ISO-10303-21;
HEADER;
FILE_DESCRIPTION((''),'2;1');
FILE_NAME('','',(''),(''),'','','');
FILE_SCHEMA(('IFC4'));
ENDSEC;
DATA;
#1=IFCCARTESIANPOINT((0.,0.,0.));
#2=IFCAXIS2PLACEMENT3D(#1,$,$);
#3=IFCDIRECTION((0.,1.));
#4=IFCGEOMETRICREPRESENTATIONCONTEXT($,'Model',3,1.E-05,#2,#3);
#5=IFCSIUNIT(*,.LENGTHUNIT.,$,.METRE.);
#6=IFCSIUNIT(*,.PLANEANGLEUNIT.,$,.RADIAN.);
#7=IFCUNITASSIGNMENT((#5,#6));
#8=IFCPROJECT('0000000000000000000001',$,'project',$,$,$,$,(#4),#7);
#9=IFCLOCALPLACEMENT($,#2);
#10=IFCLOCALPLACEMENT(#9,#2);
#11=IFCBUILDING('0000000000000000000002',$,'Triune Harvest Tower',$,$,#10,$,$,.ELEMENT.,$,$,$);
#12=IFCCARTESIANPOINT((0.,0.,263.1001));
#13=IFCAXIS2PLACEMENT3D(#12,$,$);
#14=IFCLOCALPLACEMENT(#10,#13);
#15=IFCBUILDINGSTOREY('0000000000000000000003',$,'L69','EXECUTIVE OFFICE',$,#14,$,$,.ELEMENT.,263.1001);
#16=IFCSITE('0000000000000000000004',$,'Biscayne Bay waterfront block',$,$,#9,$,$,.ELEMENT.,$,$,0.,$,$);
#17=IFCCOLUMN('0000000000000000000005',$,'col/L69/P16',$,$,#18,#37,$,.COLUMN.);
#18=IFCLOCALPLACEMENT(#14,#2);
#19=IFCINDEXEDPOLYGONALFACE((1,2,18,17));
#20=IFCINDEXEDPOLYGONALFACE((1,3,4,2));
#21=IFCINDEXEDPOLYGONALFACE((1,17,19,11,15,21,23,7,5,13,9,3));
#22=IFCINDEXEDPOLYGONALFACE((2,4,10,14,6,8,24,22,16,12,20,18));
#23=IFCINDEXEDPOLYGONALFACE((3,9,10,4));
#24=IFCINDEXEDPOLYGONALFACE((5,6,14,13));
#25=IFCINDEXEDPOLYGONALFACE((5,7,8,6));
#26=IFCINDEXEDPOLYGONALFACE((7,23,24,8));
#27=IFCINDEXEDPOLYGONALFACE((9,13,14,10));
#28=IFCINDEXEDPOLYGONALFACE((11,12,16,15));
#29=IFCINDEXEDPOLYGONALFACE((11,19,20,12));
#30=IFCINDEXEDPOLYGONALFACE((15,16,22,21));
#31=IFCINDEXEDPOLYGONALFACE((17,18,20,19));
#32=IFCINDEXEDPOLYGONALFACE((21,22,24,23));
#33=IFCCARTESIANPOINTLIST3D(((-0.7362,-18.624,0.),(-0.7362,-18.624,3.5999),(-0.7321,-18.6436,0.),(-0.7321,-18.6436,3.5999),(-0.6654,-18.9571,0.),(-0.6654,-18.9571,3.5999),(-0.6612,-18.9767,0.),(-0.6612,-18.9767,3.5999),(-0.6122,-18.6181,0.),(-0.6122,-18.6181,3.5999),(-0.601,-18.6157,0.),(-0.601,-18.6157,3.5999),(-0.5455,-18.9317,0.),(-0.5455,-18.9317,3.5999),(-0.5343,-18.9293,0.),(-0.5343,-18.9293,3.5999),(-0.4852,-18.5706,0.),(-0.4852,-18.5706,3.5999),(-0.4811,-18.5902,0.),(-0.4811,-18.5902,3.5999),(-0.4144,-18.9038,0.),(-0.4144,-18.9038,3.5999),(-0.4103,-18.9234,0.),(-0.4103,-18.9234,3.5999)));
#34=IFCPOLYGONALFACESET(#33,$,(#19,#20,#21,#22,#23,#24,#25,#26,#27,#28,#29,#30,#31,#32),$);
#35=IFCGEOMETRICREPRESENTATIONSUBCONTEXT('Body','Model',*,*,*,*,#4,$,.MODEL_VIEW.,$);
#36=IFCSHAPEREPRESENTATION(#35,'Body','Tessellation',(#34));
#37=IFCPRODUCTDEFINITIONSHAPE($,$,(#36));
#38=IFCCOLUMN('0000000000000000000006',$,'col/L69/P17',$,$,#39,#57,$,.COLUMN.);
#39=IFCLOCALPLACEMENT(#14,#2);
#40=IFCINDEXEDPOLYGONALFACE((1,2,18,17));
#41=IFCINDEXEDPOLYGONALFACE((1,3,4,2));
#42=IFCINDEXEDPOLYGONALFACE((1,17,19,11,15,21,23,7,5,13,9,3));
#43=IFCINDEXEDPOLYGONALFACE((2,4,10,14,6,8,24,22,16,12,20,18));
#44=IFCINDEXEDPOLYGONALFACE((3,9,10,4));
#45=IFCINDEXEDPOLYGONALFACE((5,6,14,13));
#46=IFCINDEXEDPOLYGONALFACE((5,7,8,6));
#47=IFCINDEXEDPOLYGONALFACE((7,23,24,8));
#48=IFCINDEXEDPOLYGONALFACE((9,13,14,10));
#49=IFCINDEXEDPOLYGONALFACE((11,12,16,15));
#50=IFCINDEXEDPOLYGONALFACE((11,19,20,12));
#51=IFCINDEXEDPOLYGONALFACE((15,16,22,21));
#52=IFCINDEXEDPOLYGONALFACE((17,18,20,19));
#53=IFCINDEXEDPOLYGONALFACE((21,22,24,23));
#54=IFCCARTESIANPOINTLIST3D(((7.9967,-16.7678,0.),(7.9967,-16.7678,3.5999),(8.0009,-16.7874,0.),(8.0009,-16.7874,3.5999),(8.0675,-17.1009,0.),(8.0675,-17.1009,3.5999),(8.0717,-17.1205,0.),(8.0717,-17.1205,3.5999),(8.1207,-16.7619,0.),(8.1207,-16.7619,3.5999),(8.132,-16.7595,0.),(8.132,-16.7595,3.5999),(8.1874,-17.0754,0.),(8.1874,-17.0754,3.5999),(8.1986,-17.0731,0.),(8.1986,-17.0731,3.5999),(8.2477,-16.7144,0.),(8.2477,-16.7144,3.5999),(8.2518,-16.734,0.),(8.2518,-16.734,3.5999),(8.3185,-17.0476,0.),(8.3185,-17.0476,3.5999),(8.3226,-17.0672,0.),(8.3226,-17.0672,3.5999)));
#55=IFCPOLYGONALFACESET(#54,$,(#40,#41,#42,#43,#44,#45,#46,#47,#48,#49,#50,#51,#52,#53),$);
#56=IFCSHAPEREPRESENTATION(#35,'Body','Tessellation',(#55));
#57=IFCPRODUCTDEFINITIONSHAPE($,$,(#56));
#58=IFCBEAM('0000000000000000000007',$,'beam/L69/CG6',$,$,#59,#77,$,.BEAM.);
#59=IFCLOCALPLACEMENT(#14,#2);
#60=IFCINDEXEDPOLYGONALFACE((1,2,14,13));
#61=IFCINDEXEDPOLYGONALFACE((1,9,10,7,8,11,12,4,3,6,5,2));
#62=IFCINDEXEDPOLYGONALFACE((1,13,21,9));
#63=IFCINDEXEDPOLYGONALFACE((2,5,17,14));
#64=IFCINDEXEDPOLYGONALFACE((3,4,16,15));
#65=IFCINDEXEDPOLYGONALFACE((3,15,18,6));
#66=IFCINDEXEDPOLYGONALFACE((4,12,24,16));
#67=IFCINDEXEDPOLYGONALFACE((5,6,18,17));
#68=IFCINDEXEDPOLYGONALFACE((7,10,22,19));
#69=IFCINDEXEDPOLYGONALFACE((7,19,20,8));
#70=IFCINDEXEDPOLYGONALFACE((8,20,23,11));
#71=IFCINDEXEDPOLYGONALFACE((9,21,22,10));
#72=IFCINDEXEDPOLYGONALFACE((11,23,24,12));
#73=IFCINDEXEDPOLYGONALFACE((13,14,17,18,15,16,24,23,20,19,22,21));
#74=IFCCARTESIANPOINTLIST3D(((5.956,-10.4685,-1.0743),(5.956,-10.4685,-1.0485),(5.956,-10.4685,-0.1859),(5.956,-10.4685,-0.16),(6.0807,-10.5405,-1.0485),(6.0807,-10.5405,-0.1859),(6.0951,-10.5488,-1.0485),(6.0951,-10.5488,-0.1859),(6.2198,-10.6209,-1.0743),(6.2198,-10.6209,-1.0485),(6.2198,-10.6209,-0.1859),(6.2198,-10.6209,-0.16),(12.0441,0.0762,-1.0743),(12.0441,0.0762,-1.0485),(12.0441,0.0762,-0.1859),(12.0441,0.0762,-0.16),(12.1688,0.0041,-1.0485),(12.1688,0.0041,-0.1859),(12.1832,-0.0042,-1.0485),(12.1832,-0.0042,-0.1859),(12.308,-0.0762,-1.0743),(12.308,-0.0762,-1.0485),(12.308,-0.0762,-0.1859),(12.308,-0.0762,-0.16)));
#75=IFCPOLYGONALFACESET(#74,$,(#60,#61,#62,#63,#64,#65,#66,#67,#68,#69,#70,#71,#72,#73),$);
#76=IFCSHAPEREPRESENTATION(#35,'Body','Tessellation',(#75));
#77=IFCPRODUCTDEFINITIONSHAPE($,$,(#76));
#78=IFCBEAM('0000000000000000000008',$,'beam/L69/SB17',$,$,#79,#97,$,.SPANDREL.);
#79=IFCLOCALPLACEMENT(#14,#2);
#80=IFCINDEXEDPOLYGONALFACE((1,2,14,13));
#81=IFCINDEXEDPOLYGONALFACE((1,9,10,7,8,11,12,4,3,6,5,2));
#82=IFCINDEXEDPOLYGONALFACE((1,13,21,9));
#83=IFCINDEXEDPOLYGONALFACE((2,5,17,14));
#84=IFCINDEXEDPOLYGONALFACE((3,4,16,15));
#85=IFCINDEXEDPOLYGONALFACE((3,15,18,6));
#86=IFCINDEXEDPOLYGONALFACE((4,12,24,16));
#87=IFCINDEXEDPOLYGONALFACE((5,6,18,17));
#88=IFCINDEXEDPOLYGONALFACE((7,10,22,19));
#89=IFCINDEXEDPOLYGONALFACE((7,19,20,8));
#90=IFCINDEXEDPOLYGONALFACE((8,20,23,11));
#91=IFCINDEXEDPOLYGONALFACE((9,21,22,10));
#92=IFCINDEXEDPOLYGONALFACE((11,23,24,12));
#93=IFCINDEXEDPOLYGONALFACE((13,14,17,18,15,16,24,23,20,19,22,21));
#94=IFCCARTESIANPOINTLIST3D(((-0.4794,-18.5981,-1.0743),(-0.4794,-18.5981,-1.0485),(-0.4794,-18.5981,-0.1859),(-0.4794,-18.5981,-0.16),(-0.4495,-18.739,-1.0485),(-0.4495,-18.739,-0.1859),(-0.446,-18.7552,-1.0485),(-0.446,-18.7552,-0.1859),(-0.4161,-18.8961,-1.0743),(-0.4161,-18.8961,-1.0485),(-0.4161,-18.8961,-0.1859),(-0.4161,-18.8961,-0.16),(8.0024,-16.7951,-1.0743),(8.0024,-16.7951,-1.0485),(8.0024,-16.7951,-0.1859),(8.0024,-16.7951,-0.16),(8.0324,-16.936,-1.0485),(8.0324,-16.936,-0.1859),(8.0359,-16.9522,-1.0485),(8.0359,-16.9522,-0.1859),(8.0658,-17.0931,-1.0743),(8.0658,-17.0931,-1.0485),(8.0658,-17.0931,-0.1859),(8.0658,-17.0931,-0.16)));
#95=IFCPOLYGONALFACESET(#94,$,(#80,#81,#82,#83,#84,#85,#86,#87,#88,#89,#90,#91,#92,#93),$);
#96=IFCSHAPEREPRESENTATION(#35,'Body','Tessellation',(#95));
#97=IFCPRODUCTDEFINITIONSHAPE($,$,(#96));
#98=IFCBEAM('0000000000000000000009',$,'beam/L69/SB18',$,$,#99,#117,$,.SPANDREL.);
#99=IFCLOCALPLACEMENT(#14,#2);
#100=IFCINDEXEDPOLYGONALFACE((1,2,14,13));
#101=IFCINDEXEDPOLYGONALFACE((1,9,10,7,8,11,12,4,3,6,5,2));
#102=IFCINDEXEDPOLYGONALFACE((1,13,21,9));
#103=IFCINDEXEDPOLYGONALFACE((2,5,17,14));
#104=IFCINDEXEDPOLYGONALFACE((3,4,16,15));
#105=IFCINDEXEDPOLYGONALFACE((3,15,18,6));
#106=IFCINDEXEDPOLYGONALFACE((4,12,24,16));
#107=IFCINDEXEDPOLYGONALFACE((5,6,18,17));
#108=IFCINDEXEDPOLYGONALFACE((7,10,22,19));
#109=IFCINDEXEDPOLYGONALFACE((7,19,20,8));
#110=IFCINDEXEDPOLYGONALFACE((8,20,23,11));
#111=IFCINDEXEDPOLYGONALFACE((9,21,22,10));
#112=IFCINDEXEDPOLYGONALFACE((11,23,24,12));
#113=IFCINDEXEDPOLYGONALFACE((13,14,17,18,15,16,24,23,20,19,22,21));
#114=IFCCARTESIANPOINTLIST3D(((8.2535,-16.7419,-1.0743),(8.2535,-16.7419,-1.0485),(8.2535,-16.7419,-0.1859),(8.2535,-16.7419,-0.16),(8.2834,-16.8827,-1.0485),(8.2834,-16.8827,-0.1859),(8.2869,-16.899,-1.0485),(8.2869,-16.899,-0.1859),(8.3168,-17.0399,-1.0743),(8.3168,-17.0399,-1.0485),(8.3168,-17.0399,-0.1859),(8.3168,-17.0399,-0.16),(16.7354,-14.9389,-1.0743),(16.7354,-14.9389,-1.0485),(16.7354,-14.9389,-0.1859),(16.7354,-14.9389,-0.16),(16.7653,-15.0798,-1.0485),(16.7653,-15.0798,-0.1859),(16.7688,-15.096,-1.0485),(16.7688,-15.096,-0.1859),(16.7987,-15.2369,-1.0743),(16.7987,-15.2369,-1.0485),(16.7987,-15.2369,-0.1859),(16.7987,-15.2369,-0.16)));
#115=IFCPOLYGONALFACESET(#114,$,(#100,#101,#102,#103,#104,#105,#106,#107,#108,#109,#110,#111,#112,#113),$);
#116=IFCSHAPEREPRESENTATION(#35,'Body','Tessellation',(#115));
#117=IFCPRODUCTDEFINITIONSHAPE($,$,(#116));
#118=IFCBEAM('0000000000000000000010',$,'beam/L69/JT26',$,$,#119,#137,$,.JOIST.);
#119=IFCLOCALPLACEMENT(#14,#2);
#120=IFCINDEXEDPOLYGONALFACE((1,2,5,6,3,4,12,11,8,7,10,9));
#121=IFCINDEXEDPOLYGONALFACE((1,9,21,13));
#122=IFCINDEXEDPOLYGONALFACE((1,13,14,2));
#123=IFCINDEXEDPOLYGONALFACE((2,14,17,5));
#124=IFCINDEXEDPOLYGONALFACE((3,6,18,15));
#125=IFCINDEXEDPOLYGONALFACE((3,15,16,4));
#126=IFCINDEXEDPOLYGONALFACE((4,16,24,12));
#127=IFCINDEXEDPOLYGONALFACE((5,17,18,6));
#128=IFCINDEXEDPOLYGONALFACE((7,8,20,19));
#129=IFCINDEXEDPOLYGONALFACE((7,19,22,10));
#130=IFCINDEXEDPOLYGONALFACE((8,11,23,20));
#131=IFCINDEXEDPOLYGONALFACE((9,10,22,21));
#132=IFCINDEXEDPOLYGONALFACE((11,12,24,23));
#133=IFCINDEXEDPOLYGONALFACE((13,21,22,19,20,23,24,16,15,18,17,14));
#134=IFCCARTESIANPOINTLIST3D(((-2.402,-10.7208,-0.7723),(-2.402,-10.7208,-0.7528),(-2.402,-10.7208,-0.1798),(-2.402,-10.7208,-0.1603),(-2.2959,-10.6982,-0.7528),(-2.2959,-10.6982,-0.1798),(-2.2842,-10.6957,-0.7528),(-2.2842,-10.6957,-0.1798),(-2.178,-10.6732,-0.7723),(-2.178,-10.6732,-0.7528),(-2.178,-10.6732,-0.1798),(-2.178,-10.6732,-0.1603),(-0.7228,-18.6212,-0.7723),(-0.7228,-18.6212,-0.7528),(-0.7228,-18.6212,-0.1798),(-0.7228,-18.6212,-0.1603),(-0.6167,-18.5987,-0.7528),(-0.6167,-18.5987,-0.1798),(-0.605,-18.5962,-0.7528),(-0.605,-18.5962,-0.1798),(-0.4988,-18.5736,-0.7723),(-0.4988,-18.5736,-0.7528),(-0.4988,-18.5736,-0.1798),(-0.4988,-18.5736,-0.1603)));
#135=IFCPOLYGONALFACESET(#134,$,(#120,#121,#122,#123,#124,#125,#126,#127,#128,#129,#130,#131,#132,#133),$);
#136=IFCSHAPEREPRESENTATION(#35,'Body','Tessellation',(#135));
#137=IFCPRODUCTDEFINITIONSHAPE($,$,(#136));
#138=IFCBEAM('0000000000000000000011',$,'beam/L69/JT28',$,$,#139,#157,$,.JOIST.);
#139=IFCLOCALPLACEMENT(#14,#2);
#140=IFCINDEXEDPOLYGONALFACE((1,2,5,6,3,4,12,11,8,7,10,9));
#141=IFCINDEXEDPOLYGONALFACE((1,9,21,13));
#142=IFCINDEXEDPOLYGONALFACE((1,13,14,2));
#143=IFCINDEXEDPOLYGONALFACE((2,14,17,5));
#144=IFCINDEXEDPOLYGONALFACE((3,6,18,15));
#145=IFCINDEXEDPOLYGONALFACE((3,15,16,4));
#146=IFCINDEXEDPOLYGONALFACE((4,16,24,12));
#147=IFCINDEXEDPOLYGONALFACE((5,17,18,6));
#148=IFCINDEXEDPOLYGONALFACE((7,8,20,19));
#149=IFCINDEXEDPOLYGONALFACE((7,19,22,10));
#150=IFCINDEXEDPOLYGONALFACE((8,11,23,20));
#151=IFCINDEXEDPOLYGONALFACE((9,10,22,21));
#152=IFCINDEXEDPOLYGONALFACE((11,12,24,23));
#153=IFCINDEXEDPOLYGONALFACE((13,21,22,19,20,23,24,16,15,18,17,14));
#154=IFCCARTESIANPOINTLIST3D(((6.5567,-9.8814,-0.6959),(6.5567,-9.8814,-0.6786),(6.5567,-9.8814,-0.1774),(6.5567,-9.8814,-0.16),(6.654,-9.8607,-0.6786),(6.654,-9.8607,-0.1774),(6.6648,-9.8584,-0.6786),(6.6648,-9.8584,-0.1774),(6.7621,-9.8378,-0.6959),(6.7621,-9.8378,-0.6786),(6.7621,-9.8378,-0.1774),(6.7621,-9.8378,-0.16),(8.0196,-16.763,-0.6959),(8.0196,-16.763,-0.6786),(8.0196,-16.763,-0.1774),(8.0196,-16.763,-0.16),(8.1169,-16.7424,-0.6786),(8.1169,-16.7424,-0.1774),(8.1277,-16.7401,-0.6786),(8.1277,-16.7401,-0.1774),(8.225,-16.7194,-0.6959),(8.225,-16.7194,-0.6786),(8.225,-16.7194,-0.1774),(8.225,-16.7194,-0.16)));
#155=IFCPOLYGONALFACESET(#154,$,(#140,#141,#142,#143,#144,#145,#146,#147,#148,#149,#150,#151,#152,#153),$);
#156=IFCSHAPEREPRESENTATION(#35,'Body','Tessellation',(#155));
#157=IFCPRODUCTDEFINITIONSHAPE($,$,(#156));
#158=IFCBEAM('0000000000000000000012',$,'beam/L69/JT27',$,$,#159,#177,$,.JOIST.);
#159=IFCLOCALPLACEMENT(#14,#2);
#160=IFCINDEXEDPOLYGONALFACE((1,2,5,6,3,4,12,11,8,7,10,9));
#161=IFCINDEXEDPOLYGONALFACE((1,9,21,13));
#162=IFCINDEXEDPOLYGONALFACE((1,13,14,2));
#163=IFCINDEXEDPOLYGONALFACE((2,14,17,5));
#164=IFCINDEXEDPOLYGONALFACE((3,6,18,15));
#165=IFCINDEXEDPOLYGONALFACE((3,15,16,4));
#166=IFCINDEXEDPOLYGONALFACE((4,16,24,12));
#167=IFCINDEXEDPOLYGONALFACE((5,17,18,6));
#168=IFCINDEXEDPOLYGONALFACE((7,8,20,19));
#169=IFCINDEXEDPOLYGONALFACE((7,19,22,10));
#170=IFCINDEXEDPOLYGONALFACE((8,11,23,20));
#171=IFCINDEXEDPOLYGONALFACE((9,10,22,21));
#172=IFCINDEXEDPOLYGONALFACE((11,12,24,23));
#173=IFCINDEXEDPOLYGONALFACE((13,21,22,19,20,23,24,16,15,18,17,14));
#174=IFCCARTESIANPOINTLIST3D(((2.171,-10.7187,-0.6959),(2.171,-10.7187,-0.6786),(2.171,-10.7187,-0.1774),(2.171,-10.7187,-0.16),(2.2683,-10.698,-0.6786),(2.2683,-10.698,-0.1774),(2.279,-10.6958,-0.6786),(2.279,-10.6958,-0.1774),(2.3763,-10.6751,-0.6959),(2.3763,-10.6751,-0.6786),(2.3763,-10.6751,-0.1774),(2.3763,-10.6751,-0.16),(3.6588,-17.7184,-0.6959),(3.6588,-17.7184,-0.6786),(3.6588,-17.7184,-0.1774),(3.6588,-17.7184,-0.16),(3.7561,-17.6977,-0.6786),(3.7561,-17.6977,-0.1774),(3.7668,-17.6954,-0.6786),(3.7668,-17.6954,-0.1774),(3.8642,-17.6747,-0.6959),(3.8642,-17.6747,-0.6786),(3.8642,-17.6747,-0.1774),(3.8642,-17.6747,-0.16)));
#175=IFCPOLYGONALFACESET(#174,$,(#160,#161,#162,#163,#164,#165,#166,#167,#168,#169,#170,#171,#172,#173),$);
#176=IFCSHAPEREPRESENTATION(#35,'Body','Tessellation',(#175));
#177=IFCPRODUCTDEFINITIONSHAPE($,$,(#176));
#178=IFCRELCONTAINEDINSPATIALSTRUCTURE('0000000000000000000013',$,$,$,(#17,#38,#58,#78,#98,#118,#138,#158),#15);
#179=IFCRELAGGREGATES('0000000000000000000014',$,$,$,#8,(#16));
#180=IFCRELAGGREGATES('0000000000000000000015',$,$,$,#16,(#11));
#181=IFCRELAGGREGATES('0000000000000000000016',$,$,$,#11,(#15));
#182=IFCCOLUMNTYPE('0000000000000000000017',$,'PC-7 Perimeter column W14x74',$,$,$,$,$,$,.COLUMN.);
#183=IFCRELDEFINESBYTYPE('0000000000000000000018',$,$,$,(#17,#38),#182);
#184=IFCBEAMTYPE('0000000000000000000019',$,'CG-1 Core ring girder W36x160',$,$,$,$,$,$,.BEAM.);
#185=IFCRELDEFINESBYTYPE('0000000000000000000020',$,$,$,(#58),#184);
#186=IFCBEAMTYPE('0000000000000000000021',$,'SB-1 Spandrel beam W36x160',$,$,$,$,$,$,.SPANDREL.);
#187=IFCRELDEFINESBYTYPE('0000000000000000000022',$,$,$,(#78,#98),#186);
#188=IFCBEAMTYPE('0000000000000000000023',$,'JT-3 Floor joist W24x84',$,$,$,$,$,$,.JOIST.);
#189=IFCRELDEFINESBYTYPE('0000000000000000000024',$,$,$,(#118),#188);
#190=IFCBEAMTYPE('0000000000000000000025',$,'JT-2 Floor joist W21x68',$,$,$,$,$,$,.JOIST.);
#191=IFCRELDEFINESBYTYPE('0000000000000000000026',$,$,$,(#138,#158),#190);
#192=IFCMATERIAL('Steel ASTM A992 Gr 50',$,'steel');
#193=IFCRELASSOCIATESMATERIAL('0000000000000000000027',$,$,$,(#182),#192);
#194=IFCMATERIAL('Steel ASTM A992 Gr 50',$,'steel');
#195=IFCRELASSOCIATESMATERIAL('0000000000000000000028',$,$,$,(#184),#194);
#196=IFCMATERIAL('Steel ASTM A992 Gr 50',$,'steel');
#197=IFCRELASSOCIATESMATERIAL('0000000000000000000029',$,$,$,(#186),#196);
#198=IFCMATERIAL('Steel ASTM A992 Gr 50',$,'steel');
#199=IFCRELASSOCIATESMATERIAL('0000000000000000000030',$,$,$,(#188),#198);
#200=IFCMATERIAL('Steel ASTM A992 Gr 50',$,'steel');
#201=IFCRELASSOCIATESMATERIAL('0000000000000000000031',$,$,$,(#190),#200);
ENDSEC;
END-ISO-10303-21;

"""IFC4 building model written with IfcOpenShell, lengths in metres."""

from ifc_helpers import new_model, si_unit, direction, frame, origin, origin_2d, place, context, subcontext, project, spatial, i_section, extrude, source, transform, mapped, material, material_profile, profile_set, type_object, element, save


model = new_model("IFC4")

# Units and contexts
model_context = context("Model", 3, precision=1e-05, world=origin(), true_north=direction((0.0, 1.0)))
body_context = subcontext(model_context, "Body", "Model", "MODEL_VIEW")
ifc_project = project(units=[si_unit("LENGTHUNIT", "METRE"), si_unit("PLANEANGLEUNIT", "RADIAN")], contexts=[model_context])

# Site, building, storey
site_placement = place(None, origin())
site = spatial("IfcSite", under=ifc_project, at=site_placement, Name="Biscayne Bay waterfront block", CompositionType="ELEMENT", RefElevation=0.0)
building_placement = place(site_placement, origin())
building = spatial("IfcBuilding", under=site, at=building_placement, Name="Triune Harvest Tower", CompositionType="ELEMENT")
storey_placement = place(building_placement, frame((0.0, 0.0, 263.1001)))
storey = spatial("IfcBuildingStorey", under=building, at=storey_placement, Name="L69", Description="EXECUTIVE OFFICE", CompositionType="ELEMENT", Elevation=263.1001)

# Columns
ifc_material_1 = material(Name="Steel ASTM A992 Gr 50", Category="steel")
ifc_material_profile_1 = material_profile(ifc_material_1, i_section(OverallWidth=0.2566, OverallDepth=0.3606, WebThickness=0.0115, FlangeThickness=0.02, at=origin_2d()), Name="W14x74")
ifc_profile_set_1 = profile_set([ifc_material_profile_1], Name="Steel ASTM A992 Gr 50")
column_type = type_object("IfcColumnType", Name="PC-7 Perimeter column W14x74", PredefinedType="COLUMN", material=ifc_profile_set_1)
shared_shape_1 = source(origin(), body_context, "Body", "SweptSolid", [
    extrude(i_section(OverallWidth=0.2566, OverallDepth=0.3606, WebThickness=0.0115, FlangeThickness=0.02, at=origin_2d()), origin(), (0.0, 0.0, 1.0), 3.5999),
])
for number, where, z_axis, x_axis, name in (
    (1, (-0.5732, -18.7737, 0.0), (0.0, 0.0, 1.0), (0.978147, 0.207913, 0.0), "col/L69/P16"),
    (2, (8.1597, -16.9175, 0.0), (0.0, 0.0, 1.0), (0.978147, 0.207913, 0.0), "col/L69/P17"),
):
    element("IfcColumn", number, at=place(storey_placement, frame(where, z_axis=z_axis, x_axis=x_axis)), inside=storey, type_object=column_type, Name=name, PredefinedType="COLUMN", context=body_context, shape_type="MappedRepresentation", body=[
        mapped(shared_shape_1, transform((0.0, 0.0, 0.0), scale=1.0)),
    ])

# Beams
ifc_material_2 = material(Name="Steel ASTM A992 Gr 50", Category="steel")
ifc_material_profile_2 = material_profile(ifc_material_2, i_section(OverallWidth=0.3047, OverallDepth=0.9143, WebThickness=0.0166, FlangeThickness=0.0259, at=origin_2d()), Name="W36x160")
ifc_profile_set_2 = profile_set([ifc_material_profile_2], Name="Steel ASTM A992 Gr 50")
beam_type_1 = type_object("IfcBeamType", Name="CG-1 Core ring girder W36x160", PredefinedType="BEAM", material=ifc_profile_set_2)
shared_shape_2 = source(origin(), body_context, "Body", "SweptSolid", [
    extrude(i_section(OverallWidth=0.3047, OverallDepth=0.9143, WebThickness=0.0166, FlangeThickness=0.0259, at=origin_2d()), origin(), (0.0, 0.0, 1.0), 12.176),
])
beam_1_placement = place(storey_placement, frame((6.0879, -10.5447, -0.6172), z_axis=(0.50001, 0.86602, 0.0), x_axis=(-0.86602, 0.50001, 0.0)))
element("IfcBeam", 3, at=beam_1_placement, inside=storey, type_object=beam_type_1, Name="beam/L69/CG6", PredefinedType="BEAM", context=body_context, shape_type="MappedRepresentation", body=[
    mapped(shared_shape_2, transform((0.0, 0.0, 0.0), scale=1.0)),
])
ifc_material_3 = material(Name="Steel ASTM A992 Gr 50", Category="steel")
ifc_material_profile_3 = material_profile(ifc_material_3, i_section(OverallWidth=0.3047, OverallDepth=0.9143, WebThickness=0.0166, FlangeThickness=0.0259, at=origin_2d()), Name="W36x160")
ifc_profile_set_3 = profile_set([ifc_material_profile_3], Name="Steel ASTM A992 Gr 50")
beam_type_2 = type_object("IfcBeamType", Name="SB-1 Spandrel beam W36x160", PredefinedType="SPANDREL", material=ifc_profile_set_3)
shared_shape_3 = source(origin(), body_context, "Body", "SweptSolid", [
    extrude(i_section(OverallWidth=0.3047, OverallDepth=0.9143, WebThickness=0.0166, FlangeThickness=0.0259, at=origin_2d()), origin(), (0.0, 0.0, 1.0), 8.6714),
])
for number, where, z_axis, x_axis, name in (
    (4, (-0.4478, -18.7471, -0.6172), (0.978146, 0.207921, 0.0), (-0.207921, 0.978146, 0.0), "beam/L69/SB17"),
    (5, (8.2852, -16.8909, -0.6172), (0.978146, 0.207921, 0.0), (-0.207921, 0.978146, 0.0), "beam/L69/SB18"),
):
    element("IfcBeam", number, at=place(storey_placement, frame(where, z_axis=z_axis, x_axis=x_axis)), inside=storey, type_object=beam_type_2, Name=name, PredefinedType="SPANDREL", context=body_context, shape_type="MappedRepresentation", body=[
        mapped(shared_shape_3, transform((0.0, 0.0, 0.0), scale=1.0)),
    ])
ifc_material_4 = material(Name="Steel ASTM A992 Gr 50", Category="steel")
ifc_material_profile_4 = material_profile(ifc_material_4, i_section(OverallWidth=0.229, OverallDepth=0.6121, WebThickness=0.012, FlangeThickness=0.0195, at=origin_2d()), Name="W24x84")
ifc_profile_set_4 = profile_set([ifc_material_profile_4], Name="Steel ASTM A992 Gr 50")
beam_type_3 = type_object("IfcBeamType", Name="JT-3 Floor joist W24x84", PredefinedType="JOIST", material=ifc_profile_set_4)
shared_shape_4 = source(origin(), body_context, "Body", "SweptSolid", [
    extrude(i_section(OverallWidth=0.229, OverallDepth=0.6121, WebThickness=0.012, FlangeThickness=0.0195, at=origin_2d()), origin(), (0.0, 0.0, 1.0), 8.0769),
])
beam_2_placement = place(storey_placement, frame((-0.6108, -18.5974, -0.4663), z_axis=(-0.207902, 0.97815, 0.0), x_axis=(-0.97815, -0.207902, 0.0)))
element("IfcBeam", 6, at=beam_2_placement, inside=storey, type_object=beam_type_3, Name="beam/L69/JT26", PredefinedType="JOIST", context=body_context, shape_type="MappedRepresentation", body=[
    mapped(shared_shape_4, transform((0.0, 0.0, 0.0), scale=1.0)),
])
ifc_material_5 = material(Name="Steel ASTM A992 Gr 50", Category="steel")
ifc_material_profile_5 = material_profile(ifc_material_5, i_section(OverallWidth=0.21, OverallDepth=0.5359, WebThickness=0.011, FlangeThickness=0.0173, at=origin_2d()), Name="W21x68")
ifc_profile_set_5 = profile_set([ifc_material_profile_5], Name="Steel ASTM A992 Gr 50")
beam_type_4 = type_object("IfcBeamType", Name="JT-2 Floor joist W21x68", PredefinedType="JOIST", material=ifc_profile_set_5)
shared_shape_5 = source(origin(), body_context, "Body", "SweptSolid", [
    extrude(i_section(OverallWidth=0.21, OverallDepth=0.5359, WebThickness=0.011, FlangeThickness=0.0173, at=origin_2d()), origin(), (0.0, 0.0, 1.0), 7.0354),
])
beam_3_placement = place(storey_placement, frame((8.1223, -16.7412, -0.428), z_axis=(-0.207934, 0.978143, 0.0), x_axis=(-0.978143, -0.207934, 0.0)))
element("IfcBeam", 7, at=beam_3_placement, inside=storey, type_object=beam_type_4, Name="beam/L69/JT28", PredefinedType="JOIST", context=body_context, shape_type="MappedRepresentation", body=[
    mapped(shared_shape_5, transform((0.0, 0.0, 0.0), scale=1.0)),
])
shared_shape_6 = source(origin(), body_context, "Body", "SweptSolid", [
    extrude(i_section(OverallWidth=0.21, OverallDepth=0.5359, WebThickness=0.011, FlangeThickness=0.0173, at=origin_2d()), origin(), (0.0, 0.0, 1.0), 7.156),
])
beam_4_placement = place(storey_placement, frame((3.7615, -17.6965, -0.428), z_axis=(-0.207912, 0.978148, 0.0), x_axis=(-0.978148, -0.207912, 0.0)))
element("IfcBeam", 8, at=beam_4_placement, inside=storey, type_object=beam_type_4, Name="beam/L69/JT27", PredefinedType="JOIST", context=body_context, shape_type="MappedRepresentation", body=[
    mapped(shared_shape_6, transform((0.0, 0.0, 0.0), scale=1.0)),
])

save(model, "model.ifc")
